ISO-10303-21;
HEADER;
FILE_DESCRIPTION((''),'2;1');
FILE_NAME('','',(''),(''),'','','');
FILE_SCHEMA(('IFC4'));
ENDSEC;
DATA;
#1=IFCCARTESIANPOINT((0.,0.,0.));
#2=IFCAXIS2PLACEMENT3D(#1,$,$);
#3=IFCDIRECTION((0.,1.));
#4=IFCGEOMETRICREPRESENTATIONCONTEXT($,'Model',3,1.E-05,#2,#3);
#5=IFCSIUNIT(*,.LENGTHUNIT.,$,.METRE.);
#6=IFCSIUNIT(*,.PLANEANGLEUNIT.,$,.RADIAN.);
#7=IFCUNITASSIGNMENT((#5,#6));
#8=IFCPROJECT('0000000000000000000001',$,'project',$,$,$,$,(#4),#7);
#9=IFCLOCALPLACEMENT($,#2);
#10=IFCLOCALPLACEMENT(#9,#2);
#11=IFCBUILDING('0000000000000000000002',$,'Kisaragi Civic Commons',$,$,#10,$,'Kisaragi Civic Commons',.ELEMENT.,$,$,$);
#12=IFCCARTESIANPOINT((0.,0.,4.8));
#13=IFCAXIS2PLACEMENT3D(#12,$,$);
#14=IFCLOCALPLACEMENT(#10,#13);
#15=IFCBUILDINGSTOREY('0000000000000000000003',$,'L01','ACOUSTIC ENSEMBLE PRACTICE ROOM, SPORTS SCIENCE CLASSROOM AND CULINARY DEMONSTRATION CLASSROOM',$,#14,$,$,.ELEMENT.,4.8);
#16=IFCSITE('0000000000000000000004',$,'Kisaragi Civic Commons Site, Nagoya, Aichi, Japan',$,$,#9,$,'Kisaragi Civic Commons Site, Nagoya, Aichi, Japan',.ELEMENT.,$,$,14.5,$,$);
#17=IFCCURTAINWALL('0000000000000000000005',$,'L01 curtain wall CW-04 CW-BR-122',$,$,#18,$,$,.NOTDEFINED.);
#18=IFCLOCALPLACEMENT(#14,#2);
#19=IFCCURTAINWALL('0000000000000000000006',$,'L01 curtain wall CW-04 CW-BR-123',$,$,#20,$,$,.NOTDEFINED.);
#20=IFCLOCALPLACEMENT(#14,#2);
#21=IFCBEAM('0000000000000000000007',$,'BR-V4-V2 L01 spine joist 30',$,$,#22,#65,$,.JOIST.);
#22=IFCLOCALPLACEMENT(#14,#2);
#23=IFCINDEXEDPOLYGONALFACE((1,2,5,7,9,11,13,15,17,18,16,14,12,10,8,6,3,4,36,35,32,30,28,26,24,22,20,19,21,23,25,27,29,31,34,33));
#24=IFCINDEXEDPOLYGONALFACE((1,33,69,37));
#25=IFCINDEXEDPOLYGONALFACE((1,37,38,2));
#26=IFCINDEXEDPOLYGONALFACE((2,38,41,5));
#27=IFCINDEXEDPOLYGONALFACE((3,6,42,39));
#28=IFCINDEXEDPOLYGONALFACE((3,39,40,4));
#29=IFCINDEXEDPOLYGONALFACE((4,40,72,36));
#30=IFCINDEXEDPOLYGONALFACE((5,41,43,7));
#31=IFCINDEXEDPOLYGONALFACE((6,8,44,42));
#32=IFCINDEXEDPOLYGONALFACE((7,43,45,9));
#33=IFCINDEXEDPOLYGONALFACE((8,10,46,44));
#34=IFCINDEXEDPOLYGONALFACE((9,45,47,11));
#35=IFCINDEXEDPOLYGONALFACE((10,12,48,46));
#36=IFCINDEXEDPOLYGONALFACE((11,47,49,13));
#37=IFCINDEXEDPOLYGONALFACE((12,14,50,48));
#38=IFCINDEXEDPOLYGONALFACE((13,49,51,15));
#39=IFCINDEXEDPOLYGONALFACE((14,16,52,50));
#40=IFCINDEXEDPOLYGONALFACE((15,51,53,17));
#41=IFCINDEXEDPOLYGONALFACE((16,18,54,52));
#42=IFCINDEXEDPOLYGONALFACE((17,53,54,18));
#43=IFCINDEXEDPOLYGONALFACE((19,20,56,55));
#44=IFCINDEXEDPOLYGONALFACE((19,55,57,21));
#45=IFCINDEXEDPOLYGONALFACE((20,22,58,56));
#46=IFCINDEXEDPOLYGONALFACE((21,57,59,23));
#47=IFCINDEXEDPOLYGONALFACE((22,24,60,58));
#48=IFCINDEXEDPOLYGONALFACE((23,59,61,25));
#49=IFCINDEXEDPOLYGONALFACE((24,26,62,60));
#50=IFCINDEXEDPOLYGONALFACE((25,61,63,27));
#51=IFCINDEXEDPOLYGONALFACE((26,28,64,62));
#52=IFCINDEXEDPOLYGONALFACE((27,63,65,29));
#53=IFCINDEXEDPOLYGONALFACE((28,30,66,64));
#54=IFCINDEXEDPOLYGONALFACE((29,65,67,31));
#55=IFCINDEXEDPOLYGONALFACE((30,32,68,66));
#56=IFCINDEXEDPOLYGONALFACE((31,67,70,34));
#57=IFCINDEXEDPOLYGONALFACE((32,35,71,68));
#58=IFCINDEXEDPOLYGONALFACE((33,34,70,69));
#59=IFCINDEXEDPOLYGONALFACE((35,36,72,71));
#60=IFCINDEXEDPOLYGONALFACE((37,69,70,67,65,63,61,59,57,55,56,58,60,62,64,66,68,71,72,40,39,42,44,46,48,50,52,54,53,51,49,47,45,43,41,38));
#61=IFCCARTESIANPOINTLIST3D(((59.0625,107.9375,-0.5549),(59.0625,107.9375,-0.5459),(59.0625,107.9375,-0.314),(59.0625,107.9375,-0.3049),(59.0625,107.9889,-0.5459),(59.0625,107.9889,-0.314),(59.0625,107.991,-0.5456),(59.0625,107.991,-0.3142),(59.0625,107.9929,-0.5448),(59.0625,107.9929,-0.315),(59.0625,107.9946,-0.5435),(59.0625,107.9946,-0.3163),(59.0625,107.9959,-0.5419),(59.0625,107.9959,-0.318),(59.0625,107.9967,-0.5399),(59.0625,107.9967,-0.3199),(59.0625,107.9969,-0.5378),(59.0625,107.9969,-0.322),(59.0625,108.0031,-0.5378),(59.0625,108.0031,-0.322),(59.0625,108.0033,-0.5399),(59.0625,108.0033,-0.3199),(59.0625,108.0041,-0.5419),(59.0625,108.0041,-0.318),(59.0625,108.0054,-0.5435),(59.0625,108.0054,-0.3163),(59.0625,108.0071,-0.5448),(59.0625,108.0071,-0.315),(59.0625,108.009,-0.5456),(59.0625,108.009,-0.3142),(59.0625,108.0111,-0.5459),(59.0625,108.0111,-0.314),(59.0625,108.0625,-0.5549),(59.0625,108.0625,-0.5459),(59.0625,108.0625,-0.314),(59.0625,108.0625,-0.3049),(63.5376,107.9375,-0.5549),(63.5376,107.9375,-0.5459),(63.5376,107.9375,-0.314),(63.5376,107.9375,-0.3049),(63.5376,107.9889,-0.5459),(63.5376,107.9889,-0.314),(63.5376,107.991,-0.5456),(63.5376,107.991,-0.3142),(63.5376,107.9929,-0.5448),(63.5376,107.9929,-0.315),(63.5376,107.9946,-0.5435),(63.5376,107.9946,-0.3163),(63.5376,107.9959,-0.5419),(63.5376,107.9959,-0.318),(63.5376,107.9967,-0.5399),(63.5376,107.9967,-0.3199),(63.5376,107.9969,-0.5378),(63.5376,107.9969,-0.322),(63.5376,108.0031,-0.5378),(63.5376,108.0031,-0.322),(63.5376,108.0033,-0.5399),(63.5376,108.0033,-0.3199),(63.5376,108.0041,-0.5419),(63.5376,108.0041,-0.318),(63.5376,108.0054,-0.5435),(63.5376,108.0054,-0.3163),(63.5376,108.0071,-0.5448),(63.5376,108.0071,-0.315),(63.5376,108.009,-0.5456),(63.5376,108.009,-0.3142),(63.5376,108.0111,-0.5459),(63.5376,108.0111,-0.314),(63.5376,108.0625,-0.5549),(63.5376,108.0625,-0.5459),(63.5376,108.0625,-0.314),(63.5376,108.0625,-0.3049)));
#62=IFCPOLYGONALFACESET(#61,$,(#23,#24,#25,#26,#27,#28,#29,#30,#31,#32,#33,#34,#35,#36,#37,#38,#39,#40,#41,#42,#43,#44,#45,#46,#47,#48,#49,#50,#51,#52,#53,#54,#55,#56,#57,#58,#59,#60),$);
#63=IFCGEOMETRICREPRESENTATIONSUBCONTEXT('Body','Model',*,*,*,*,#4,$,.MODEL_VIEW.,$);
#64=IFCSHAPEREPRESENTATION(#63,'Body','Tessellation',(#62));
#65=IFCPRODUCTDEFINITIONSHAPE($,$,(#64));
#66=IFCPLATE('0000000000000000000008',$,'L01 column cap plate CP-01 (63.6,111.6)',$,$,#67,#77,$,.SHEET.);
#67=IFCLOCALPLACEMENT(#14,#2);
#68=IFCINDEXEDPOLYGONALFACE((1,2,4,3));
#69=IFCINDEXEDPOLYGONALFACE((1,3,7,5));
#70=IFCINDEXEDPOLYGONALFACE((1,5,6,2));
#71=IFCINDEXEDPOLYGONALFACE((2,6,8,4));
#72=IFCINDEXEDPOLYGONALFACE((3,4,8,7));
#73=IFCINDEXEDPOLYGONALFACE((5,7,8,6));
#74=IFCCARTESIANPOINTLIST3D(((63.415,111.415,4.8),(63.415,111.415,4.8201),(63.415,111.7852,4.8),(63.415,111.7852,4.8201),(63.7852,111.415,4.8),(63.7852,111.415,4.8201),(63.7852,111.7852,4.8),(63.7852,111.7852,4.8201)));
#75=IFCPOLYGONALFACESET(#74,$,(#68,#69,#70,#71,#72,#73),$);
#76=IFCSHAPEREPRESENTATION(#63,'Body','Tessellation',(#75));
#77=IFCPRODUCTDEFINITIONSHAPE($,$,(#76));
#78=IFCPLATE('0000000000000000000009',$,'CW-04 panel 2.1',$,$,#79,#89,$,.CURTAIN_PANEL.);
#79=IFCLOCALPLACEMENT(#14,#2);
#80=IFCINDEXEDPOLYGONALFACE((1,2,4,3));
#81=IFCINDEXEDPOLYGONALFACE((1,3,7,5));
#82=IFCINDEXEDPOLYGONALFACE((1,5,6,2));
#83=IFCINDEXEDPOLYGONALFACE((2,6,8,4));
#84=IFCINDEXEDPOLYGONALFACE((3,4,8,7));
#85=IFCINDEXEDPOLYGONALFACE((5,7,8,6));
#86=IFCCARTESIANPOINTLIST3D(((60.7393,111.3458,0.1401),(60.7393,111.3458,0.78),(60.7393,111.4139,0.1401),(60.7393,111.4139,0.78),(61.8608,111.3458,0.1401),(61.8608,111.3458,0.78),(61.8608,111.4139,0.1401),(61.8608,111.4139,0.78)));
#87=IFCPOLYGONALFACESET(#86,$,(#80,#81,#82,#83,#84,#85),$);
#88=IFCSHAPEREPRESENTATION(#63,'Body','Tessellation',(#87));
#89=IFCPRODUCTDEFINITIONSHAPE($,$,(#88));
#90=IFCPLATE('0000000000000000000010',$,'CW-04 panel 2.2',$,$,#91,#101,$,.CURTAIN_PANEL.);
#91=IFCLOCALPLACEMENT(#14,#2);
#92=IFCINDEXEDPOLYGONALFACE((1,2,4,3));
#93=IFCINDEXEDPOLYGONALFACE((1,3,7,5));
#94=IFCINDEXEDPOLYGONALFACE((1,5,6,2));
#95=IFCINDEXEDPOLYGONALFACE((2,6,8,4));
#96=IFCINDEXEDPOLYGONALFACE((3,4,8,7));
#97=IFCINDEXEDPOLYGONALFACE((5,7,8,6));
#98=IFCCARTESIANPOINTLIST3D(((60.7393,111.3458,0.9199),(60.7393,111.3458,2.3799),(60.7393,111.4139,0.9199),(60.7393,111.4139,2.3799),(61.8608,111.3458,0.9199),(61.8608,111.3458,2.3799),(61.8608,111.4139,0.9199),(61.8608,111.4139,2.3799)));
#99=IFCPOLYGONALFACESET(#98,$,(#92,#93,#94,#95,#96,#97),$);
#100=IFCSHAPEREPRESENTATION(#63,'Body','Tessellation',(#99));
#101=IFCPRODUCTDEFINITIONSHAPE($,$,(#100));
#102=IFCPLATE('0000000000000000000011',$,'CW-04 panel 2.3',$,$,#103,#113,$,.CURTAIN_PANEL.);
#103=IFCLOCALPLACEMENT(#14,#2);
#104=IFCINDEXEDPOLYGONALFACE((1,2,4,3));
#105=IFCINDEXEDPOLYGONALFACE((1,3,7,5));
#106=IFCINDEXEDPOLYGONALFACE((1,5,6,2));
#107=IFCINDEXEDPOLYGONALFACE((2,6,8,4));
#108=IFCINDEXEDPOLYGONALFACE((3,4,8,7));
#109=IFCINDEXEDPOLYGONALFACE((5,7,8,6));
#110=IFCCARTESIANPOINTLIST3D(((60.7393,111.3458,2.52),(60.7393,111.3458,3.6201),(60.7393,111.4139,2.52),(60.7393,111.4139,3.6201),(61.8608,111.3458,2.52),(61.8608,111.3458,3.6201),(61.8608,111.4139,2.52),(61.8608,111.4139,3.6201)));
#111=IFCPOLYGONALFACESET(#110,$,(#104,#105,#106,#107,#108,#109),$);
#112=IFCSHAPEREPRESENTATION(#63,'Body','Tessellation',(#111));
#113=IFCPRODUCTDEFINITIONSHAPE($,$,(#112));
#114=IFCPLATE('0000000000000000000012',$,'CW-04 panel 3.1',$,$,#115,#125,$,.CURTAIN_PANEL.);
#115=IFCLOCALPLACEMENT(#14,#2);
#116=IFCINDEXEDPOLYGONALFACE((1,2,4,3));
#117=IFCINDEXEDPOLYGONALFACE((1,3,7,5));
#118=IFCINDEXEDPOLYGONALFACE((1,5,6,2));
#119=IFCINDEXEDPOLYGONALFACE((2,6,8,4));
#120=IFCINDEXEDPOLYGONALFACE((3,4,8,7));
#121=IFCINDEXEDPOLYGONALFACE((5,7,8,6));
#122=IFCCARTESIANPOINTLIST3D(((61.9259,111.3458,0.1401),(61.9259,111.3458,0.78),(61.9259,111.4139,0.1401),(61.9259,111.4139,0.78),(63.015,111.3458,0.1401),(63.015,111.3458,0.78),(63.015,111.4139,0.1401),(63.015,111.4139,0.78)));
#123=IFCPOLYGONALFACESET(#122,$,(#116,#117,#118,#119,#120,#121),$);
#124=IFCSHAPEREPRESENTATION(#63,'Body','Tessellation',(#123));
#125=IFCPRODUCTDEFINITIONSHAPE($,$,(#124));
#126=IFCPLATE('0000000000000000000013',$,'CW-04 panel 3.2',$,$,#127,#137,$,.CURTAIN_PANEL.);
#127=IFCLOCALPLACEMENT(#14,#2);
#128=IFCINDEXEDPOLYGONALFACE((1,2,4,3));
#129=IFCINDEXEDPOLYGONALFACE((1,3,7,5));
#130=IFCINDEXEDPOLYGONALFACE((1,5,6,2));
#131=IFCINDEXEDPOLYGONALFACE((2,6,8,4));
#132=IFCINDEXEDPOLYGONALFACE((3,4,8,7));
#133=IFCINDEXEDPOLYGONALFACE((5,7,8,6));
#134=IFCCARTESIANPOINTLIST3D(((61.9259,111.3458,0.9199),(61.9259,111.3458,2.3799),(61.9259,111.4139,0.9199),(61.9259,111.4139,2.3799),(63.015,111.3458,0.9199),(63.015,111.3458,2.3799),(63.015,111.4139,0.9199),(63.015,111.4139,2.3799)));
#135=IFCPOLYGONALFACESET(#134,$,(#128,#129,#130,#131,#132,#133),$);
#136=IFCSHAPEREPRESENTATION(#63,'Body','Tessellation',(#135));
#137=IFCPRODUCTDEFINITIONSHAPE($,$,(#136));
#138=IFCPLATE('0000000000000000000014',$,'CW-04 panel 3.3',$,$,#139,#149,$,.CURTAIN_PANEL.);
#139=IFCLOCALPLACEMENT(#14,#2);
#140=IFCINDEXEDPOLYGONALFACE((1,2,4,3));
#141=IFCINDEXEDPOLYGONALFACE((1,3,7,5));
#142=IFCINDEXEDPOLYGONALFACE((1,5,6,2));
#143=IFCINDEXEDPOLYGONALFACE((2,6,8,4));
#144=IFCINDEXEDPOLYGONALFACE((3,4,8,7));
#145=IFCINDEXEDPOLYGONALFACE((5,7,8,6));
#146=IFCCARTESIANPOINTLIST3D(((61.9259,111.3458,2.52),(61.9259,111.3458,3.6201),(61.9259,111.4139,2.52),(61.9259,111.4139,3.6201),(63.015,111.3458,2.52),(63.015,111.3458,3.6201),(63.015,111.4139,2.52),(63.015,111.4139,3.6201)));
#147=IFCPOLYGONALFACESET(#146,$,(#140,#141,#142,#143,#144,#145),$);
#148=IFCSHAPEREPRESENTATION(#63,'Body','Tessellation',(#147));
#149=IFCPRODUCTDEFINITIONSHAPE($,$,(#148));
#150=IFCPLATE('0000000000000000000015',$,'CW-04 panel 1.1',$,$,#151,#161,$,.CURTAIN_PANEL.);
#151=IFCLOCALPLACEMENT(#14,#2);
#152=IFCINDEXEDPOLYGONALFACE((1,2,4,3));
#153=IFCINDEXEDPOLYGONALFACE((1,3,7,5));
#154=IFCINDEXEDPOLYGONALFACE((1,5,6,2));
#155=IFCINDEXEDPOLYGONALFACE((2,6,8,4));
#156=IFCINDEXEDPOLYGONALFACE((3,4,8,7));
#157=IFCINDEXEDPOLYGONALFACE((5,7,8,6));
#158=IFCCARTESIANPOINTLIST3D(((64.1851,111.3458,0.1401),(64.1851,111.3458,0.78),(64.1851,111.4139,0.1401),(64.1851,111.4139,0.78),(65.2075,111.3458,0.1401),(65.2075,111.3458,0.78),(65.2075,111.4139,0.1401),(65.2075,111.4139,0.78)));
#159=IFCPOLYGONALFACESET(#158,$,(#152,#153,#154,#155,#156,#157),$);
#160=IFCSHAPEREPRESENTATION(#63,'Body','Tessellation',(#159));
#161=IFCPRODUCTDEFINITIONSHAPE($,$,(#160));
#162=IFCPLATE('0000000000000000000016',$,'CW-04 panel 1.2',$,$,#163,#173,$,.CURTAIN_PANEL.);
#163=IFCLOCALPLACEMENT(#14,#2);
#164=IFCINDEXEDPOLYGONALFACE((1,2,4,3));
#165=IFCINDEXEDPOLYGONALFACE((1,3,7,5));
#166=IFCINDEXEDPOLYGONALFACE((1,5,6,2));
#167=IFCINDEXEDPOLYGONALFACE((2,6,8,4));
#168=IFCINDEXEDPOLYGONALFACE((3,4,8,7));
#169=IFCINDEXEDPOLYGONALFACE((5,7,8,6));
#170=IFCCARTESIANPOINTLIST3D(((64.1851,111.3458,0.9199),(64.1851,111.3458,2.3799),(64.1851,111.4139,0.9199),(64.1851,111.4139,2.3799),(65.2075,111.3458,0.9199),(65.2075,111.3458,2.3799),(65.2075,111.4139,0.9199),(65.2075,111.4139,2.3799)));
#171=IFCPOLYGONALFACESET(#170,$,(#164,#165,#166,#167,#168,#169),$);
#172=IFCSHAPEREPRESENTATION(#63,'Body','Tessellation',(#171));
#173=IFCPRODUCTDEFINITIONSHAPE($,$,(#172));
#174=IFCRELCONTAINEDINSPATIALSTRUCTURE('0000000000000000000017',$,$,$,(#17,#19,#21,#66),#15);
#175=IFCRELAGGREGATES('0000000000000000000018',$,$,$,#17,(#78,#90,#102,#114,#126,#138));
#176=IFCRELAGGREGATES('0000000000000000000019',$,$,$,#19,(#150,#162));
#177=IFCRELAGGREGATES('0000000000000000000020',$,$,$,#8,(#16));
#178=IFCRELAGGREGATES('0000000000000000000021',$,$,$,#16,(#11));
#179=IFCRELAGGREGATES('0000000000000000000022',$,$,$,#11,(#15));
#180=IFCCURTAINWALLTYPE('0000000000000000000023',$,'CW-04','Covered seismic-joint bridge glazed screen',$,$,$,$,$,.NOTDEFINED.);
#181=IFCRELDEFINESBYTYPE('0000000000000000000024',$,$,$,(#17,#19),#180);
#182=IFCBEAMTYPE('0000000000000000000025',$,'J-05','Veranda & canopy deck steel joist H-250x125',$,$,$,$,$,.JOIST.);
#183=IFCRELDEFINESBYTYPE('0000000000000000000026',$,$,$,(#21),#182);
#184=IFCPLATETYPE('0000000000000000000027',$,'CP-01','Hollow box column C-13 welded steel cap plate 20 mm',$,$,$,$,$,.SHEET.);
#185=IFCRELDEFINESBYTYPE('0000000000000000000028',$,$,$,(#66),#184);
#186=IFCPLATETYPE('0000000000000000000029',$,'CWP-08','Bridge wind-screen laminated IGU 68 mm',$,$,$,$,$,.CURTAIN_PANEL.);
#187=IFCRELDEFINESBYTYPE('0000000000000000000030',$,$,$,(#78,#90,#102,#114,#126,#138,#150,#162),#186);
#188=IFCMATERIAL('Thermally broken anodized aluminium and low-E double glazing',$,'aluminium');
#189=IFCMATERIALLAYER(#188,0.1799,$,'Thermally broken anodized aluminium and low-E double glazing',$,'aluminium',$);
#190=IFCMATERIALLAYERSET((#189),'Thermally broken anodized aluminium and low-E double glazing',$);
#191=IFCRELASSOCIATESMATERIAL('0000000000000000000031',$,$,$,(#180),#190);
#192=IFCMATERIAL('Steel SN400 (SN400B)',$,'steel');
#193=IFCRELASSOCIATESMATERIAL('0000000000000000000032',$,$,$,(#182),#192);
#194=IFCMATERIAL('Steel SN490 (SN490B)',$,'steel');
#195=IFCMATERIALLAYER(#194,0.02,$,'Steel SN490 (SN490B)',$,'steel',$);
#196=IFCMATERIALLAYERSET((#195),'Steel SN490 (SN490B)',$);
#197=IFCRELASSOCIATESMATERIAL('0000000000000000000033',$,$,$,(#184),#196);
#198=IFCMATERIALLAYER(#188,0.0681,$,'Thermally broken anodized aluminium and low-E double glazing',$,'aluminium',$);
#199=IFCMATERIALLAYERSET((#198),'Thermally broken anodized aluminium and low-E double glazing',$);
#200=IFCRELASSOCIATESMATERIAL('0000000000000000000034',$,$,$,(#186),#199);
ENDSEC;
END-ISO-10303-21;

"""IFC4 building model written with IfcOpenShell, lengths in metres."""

from ifc_helpers import new_model, si_unit, direction, frame, origin, origin_2d, place, context, subcontext, project, spatial, rectangle, i_section, extrude, material, layer, layer_set, material_profile, profile_set, type_object, element, aggregate, save


model = new_model("IFC4")

# Units and contexts
model_context = context("Model", 3, precision=1e-05, world=origin(), true_north=direction((0.0, 1.0)))
body_context = subcontext(model_context, "Body", "Model", "MODEL_VIEW")
ifc_project = project(units=[si_unit("LENGTHUNIT", "METRE"), si_unit("PLANEANGLEUNIT", "RADIAN")], contexts=[model_context])

# Site, building, storey
site_placement = place(None, origin())
site = spatial("IfcSite", under=ifc_project, at=site_placement, Name="Kisaragi Civic Commons Site, Nagoya, Aichi, Japan", LongName="Kisaragi Civic Commons Site, Nagoya, Aichi, Japan", CompositionType="ELEMENT", RefElevation=14.5)
building_placement = place(site_placement, origin())
building = spatial("IfcBuilding", under=site, at=building_placement, Name="Kisaragi Civic Commons", LongName="Kisaragi Civic Commons", CompositionType="ELEMENT")
storey_placement = place(building_placement, frame((0.0, 0.0, 4.8)))
storey = spatial("IfcBuildingStorey", under=building, at=storey_placement, Name="L01", Description="ACOUSTIC ENSEMBLE PRACTICE ROOM, SPORTS SCIENCE CLASSROOM AND CULINARY DEMONSTRATION CLASSROOM", CompositionType="ELEMENT", Elevation=4.8)

# Curtain wall
ifc_material_1 = material(Name="Thermally broken anodized aluminium and low-E double glazing", Category="aluminium")
ifc_layer_1 = layer(ifc_material_1, 0.1799, Name="Thermally broken anodized aluminium and low-E double glazing", Category="aluminium")
ifc_layer_set_1 = layer_set([ifc_layer_1], Name="Thermally broken anodized aluminium and low-E double glazing")
curtain_wall_type = type_object("IfcCurtainWallType", Name="CW-04", Description="Covered seismic-joint bridge glazed screen", PredefinedType="NOTDEFINED", material=ifc_layer_set_1)
curtain_wall_1_placement = place(storey_placement, origin())
curtain_wall_1 = element("IfcCurtainWall", 1, at=curtain_wall_1_placement, inside=storey, type_object=curtain_wall_type, Name="L01 curtain wall CW-04 CW-BR-122", PredefinedType="NOTDEFINED")

# Curtain wall
curtain_wall_2_placement = place(storey_placement, origin())
curtain_wall_2 = element("IfcCurtainWall", 2, at=curtain_wall_2_placement, inside=storey, type_object=curtain_wall_type, Name="L01 curtain wall CW-04 CW-BR-123", PredefinedType="NOTDEFINED")

# Beam
ifc_material_2 = material(Name="Steel SN490 (SN490B)", Category="steel")
ifc_material_3 = material(Name="Steel SN400 (SN400B)", Category="steel")
ifc_material_profile_1 = material_profile(ifc_material_3, i_section(OverallWidth=0.125, OverallDepth=0.25, WebThickness=0.0061, FlangeThickness=0.009, FilletRadius=0.0081, at=origin_2d()), Name="H-250x125x6x9", Category="steel")
ifc_profile_set_1 = profile_set([ifc_material_profile_1], Name="Steel SN400 (SN400B)")
beam_type_1 = type_object("IfcBeamType", Name="J-05", Description="Veranda & canopy deck steel joist H-250x125", PredefinedType="JOIST", material=ifc_profile_set_1)
beam_1_placement = place(storey_placement, frame((63.5376, 108.0, -0.4299), z_axis=(-1.0, 0.0, 0.0), x_axis=(0.0, -1.0, 0.0)))
element("IfcBeam", 3, at=beam_1_placement, inside=storey, type_object=beam_type_1, Name="BR-V4-V2 L01 spine joist 30", PredefinedType="JOIST", context=body_context, shape_type="SweptSolid", body=[
    extrude(i_section(OverallWidth=0.125, OverallDepth=0.25, WebThickness=0.0061, FlangeThickness=0.009, FilletRadius=0.0081, at=origin_2d()), origin(), (0.0, 0.0, 1.0), 4.4751),
])

# Plates
ifc_layer_2 = layer(ifc_material_2, 0.02, Name="Steel SN490 (SN490B)", Category="steel")
ifc_layer_set_2 = layer_set([ifc_layer_2], Name="Steel SN490 (SN490B)")
plate_type_1 = type_object("IfcPlateType", Name="CP-01", Description="Hollow box column C-13 welded steel cap plate 20 mm", PredefinedType="SHEET", material=ifc_layer_set_2)
plate_1_placement = place(storey_placement, frame((63.6001, 111.6001, 4.8), z_axis=(0.0, 0.0, 1.0), x_axis=(1.0, 0.0, 0.0)))
element("IfcPlate", 4, at=plate_1_placement, inside=storey, type_object=plate_type_1, Name="L01 column cap plate CP-01 (63.6,111.6)", PredefinedType="SHEET", context=body_context, shape_type="SweptSolid", body=[
    extrude(rectangle(XDim=0.3701, YDim=0.3701, at=origin_2d()), origin(), (0.0, 0.0, 1.0), 0.02),
])
ifc_layer_3 = layer(ifc_material_1, 0.0681, Name="Thermally broken anodized aluminium and low-E double glazing", Category="aluminium")
ifc_layer_set_3 = layer_set([ifc_layer_3], Name="Thermally broken anodized aluminium and low-E double glazing")
plate_type_2 = type_object("IfcPlateType", Name="CWP-08", Description="Bridge wind-screen laminated IGU 68 mm", PredefinedType="CURTAIN_PANEL", material=ifc_layer_set_3)
plate_2_placement = place(storey_placement, frame((61.3, 111.3799, 0.1401), z_axis=(0.0, 0.0, 1.0), x_axis=(1.0, 0.0, 0.0)))
plate_2 = element("IfcPlate", 5, at=plate_2_placement, type_object=plate_type_2, Name="CW-04 panel 2.1", PredefinedType="CURTAIN_PANEL", context=body_context, shape_type="SweptSolid", body=[
    extrude(rectangle(XDim=1.1216, YDim=0.0681, at=origin_2d()), origin(), (0.0, 0.0, 1.0), 0.6399),
])
plate_3_placement = place(storey_placement, frame((61.3, 111.3799, 0.9199), z_axis=(0.0, 0.0, 1.0), x_axis=(1.0, 0.0, 0.0)))
plate_3 = element("IfcPlate", 6, at=plate_3_placement, type_object=plate_type_2, Name="CW-04 panel 2.2", PredefinedType="CURTAIN_PANEL", context=body_context, shape_type="SweptSolid", body=[
    extrude(rectangle(XDim=1.1216, YDim=0.0681, at=origin_2d()), origin(), (0.0, 0.0, 1.0), 1.46),
])
plate_4_placement = place(storey_placement, frame((61.3, 111.3799, 2.52), z_axis=(0.0, 0.0, 1.0), x_axis=(1.0, 0.0, 0.0)))
plate_4 = element("IfcPlate", 7, at=plate_4_placement, type_object=plate_type_2, Name="CW-04 panel 2.3", PredefinedType="CURTAIN_PANEL", context=body_context, shape_type="SweptSolid", body=[
    extrude(rectangle(XDim=1.1216, YDim=0.0681, at=origin_2d()), origin(), (0.0, 0.0, 1.0), 1.1001),
])
plate_5_placement = place(storey_placement, frame((62.4705, 111.3799, 0.1401), z_axis=(0.0, 0.0, 1.0), x_axis=(1.0, 0.0, 0.0)))
plate_5 = element("IfcPlate", 8, at=plate_5_placement, type_object=plate_type_2, Name="CW-04 panel 3.1", PredefinedType="CURTAIN_PANEL", context=body_context, shape_type="SweptSolid", body=[
    extrude(rectangle(XDim=1.0891, YDim=0.0681, at=origin_2d()), origin(), (0.0, 0.0, 1.0), 0.6399),
])
plate_6_placement = place(storey_placement, frame((62.4705, 111.3799, 0.9199), z_axis=(0.0, 0.0, 1.0), x_axis=(1.0, 0.0, 0.0)))
plate_6 = element("IfcPlate", 9, at=plate_6_placement, type_object=plate_type_2, Name="CW-04 panel 3.2", PredefinedType="CURTAIN_PANEL", context=body_context, shape_type="SweptSolid", body=[
    extrude(rectangle(XDim=1.0891, YDim=0.0681, at=origin_2d()), origin(), (0.0, 0.0, 1.0), 1.46),
])
plate_7_placement = place(storey_placement, frame((62.4705, 111.3799, 2.52), z_axis=(0.0, 0.0, 1.0), x_axis=(1.0, 0.0, 0.0)))
plate_7 = element("IfcPlate", 10, at=plate_7_placement, type_object=plate_type_2, Name="CW-04 panel 3.3", PredefinedType="CURTAIN_PANEL", context=body_context, shape_type="SweptSolid", body=[
    extrude(rectangle(XDim=1.0891, YDim=0.0681, at=origin_2d()), origin(), (0.0, 0.0, 1.0), 1.1001),
])
aggregate(curtain_wall_1, [plate_2, plate_3, plate_4, plate_5, plate_6, plate_7])
plate_8_placement = place(storey_placement, frame((64.6963, 111.3799, 0.1401), z_axis=(0.0, 0.0, 1.0), x_axis=(1.0, 0.0, 0.0)))
plate_8 = element("IfcPlate", 11, at=plate_8_placement, type_object=plate_type_2, Name="CW-04 panel 1.1", PredefinedType="CURTAIN_PANEL", context=body_context, shape_type="SweptSolid", body=[
    extrude(rectangle(XDim=1.0225, YDim=0.0681, at=origin_2d()), origin(), (0.0, 0.0, 1.0), 0.6399),
])
plate_9_placement = place(storey_placement, frame((64.6963, 111.3799, 0.9199), z_axis=(0.0, 0.0, 1.0), x_axis=(1.0, 0.0, 0.0)))
plate_9 = element("IfcPlate", 12, at=plate_9_placement, type_object=plate_type_2, Name="CW-04 panel 1.2", PredefinedType="CURTAIN_PANEL", context=body_context, shape_type="SweptSolid", body=[
    extrude(rectangle(XDim=1.0225, YDim=0.0681, at=origin_2d()), origin(), (0.0, 0.0, 1.0), 1.46),
])
aggregate(curtain_wall_2, [plate_8, plate_9])

save(model, "model.ifc")
